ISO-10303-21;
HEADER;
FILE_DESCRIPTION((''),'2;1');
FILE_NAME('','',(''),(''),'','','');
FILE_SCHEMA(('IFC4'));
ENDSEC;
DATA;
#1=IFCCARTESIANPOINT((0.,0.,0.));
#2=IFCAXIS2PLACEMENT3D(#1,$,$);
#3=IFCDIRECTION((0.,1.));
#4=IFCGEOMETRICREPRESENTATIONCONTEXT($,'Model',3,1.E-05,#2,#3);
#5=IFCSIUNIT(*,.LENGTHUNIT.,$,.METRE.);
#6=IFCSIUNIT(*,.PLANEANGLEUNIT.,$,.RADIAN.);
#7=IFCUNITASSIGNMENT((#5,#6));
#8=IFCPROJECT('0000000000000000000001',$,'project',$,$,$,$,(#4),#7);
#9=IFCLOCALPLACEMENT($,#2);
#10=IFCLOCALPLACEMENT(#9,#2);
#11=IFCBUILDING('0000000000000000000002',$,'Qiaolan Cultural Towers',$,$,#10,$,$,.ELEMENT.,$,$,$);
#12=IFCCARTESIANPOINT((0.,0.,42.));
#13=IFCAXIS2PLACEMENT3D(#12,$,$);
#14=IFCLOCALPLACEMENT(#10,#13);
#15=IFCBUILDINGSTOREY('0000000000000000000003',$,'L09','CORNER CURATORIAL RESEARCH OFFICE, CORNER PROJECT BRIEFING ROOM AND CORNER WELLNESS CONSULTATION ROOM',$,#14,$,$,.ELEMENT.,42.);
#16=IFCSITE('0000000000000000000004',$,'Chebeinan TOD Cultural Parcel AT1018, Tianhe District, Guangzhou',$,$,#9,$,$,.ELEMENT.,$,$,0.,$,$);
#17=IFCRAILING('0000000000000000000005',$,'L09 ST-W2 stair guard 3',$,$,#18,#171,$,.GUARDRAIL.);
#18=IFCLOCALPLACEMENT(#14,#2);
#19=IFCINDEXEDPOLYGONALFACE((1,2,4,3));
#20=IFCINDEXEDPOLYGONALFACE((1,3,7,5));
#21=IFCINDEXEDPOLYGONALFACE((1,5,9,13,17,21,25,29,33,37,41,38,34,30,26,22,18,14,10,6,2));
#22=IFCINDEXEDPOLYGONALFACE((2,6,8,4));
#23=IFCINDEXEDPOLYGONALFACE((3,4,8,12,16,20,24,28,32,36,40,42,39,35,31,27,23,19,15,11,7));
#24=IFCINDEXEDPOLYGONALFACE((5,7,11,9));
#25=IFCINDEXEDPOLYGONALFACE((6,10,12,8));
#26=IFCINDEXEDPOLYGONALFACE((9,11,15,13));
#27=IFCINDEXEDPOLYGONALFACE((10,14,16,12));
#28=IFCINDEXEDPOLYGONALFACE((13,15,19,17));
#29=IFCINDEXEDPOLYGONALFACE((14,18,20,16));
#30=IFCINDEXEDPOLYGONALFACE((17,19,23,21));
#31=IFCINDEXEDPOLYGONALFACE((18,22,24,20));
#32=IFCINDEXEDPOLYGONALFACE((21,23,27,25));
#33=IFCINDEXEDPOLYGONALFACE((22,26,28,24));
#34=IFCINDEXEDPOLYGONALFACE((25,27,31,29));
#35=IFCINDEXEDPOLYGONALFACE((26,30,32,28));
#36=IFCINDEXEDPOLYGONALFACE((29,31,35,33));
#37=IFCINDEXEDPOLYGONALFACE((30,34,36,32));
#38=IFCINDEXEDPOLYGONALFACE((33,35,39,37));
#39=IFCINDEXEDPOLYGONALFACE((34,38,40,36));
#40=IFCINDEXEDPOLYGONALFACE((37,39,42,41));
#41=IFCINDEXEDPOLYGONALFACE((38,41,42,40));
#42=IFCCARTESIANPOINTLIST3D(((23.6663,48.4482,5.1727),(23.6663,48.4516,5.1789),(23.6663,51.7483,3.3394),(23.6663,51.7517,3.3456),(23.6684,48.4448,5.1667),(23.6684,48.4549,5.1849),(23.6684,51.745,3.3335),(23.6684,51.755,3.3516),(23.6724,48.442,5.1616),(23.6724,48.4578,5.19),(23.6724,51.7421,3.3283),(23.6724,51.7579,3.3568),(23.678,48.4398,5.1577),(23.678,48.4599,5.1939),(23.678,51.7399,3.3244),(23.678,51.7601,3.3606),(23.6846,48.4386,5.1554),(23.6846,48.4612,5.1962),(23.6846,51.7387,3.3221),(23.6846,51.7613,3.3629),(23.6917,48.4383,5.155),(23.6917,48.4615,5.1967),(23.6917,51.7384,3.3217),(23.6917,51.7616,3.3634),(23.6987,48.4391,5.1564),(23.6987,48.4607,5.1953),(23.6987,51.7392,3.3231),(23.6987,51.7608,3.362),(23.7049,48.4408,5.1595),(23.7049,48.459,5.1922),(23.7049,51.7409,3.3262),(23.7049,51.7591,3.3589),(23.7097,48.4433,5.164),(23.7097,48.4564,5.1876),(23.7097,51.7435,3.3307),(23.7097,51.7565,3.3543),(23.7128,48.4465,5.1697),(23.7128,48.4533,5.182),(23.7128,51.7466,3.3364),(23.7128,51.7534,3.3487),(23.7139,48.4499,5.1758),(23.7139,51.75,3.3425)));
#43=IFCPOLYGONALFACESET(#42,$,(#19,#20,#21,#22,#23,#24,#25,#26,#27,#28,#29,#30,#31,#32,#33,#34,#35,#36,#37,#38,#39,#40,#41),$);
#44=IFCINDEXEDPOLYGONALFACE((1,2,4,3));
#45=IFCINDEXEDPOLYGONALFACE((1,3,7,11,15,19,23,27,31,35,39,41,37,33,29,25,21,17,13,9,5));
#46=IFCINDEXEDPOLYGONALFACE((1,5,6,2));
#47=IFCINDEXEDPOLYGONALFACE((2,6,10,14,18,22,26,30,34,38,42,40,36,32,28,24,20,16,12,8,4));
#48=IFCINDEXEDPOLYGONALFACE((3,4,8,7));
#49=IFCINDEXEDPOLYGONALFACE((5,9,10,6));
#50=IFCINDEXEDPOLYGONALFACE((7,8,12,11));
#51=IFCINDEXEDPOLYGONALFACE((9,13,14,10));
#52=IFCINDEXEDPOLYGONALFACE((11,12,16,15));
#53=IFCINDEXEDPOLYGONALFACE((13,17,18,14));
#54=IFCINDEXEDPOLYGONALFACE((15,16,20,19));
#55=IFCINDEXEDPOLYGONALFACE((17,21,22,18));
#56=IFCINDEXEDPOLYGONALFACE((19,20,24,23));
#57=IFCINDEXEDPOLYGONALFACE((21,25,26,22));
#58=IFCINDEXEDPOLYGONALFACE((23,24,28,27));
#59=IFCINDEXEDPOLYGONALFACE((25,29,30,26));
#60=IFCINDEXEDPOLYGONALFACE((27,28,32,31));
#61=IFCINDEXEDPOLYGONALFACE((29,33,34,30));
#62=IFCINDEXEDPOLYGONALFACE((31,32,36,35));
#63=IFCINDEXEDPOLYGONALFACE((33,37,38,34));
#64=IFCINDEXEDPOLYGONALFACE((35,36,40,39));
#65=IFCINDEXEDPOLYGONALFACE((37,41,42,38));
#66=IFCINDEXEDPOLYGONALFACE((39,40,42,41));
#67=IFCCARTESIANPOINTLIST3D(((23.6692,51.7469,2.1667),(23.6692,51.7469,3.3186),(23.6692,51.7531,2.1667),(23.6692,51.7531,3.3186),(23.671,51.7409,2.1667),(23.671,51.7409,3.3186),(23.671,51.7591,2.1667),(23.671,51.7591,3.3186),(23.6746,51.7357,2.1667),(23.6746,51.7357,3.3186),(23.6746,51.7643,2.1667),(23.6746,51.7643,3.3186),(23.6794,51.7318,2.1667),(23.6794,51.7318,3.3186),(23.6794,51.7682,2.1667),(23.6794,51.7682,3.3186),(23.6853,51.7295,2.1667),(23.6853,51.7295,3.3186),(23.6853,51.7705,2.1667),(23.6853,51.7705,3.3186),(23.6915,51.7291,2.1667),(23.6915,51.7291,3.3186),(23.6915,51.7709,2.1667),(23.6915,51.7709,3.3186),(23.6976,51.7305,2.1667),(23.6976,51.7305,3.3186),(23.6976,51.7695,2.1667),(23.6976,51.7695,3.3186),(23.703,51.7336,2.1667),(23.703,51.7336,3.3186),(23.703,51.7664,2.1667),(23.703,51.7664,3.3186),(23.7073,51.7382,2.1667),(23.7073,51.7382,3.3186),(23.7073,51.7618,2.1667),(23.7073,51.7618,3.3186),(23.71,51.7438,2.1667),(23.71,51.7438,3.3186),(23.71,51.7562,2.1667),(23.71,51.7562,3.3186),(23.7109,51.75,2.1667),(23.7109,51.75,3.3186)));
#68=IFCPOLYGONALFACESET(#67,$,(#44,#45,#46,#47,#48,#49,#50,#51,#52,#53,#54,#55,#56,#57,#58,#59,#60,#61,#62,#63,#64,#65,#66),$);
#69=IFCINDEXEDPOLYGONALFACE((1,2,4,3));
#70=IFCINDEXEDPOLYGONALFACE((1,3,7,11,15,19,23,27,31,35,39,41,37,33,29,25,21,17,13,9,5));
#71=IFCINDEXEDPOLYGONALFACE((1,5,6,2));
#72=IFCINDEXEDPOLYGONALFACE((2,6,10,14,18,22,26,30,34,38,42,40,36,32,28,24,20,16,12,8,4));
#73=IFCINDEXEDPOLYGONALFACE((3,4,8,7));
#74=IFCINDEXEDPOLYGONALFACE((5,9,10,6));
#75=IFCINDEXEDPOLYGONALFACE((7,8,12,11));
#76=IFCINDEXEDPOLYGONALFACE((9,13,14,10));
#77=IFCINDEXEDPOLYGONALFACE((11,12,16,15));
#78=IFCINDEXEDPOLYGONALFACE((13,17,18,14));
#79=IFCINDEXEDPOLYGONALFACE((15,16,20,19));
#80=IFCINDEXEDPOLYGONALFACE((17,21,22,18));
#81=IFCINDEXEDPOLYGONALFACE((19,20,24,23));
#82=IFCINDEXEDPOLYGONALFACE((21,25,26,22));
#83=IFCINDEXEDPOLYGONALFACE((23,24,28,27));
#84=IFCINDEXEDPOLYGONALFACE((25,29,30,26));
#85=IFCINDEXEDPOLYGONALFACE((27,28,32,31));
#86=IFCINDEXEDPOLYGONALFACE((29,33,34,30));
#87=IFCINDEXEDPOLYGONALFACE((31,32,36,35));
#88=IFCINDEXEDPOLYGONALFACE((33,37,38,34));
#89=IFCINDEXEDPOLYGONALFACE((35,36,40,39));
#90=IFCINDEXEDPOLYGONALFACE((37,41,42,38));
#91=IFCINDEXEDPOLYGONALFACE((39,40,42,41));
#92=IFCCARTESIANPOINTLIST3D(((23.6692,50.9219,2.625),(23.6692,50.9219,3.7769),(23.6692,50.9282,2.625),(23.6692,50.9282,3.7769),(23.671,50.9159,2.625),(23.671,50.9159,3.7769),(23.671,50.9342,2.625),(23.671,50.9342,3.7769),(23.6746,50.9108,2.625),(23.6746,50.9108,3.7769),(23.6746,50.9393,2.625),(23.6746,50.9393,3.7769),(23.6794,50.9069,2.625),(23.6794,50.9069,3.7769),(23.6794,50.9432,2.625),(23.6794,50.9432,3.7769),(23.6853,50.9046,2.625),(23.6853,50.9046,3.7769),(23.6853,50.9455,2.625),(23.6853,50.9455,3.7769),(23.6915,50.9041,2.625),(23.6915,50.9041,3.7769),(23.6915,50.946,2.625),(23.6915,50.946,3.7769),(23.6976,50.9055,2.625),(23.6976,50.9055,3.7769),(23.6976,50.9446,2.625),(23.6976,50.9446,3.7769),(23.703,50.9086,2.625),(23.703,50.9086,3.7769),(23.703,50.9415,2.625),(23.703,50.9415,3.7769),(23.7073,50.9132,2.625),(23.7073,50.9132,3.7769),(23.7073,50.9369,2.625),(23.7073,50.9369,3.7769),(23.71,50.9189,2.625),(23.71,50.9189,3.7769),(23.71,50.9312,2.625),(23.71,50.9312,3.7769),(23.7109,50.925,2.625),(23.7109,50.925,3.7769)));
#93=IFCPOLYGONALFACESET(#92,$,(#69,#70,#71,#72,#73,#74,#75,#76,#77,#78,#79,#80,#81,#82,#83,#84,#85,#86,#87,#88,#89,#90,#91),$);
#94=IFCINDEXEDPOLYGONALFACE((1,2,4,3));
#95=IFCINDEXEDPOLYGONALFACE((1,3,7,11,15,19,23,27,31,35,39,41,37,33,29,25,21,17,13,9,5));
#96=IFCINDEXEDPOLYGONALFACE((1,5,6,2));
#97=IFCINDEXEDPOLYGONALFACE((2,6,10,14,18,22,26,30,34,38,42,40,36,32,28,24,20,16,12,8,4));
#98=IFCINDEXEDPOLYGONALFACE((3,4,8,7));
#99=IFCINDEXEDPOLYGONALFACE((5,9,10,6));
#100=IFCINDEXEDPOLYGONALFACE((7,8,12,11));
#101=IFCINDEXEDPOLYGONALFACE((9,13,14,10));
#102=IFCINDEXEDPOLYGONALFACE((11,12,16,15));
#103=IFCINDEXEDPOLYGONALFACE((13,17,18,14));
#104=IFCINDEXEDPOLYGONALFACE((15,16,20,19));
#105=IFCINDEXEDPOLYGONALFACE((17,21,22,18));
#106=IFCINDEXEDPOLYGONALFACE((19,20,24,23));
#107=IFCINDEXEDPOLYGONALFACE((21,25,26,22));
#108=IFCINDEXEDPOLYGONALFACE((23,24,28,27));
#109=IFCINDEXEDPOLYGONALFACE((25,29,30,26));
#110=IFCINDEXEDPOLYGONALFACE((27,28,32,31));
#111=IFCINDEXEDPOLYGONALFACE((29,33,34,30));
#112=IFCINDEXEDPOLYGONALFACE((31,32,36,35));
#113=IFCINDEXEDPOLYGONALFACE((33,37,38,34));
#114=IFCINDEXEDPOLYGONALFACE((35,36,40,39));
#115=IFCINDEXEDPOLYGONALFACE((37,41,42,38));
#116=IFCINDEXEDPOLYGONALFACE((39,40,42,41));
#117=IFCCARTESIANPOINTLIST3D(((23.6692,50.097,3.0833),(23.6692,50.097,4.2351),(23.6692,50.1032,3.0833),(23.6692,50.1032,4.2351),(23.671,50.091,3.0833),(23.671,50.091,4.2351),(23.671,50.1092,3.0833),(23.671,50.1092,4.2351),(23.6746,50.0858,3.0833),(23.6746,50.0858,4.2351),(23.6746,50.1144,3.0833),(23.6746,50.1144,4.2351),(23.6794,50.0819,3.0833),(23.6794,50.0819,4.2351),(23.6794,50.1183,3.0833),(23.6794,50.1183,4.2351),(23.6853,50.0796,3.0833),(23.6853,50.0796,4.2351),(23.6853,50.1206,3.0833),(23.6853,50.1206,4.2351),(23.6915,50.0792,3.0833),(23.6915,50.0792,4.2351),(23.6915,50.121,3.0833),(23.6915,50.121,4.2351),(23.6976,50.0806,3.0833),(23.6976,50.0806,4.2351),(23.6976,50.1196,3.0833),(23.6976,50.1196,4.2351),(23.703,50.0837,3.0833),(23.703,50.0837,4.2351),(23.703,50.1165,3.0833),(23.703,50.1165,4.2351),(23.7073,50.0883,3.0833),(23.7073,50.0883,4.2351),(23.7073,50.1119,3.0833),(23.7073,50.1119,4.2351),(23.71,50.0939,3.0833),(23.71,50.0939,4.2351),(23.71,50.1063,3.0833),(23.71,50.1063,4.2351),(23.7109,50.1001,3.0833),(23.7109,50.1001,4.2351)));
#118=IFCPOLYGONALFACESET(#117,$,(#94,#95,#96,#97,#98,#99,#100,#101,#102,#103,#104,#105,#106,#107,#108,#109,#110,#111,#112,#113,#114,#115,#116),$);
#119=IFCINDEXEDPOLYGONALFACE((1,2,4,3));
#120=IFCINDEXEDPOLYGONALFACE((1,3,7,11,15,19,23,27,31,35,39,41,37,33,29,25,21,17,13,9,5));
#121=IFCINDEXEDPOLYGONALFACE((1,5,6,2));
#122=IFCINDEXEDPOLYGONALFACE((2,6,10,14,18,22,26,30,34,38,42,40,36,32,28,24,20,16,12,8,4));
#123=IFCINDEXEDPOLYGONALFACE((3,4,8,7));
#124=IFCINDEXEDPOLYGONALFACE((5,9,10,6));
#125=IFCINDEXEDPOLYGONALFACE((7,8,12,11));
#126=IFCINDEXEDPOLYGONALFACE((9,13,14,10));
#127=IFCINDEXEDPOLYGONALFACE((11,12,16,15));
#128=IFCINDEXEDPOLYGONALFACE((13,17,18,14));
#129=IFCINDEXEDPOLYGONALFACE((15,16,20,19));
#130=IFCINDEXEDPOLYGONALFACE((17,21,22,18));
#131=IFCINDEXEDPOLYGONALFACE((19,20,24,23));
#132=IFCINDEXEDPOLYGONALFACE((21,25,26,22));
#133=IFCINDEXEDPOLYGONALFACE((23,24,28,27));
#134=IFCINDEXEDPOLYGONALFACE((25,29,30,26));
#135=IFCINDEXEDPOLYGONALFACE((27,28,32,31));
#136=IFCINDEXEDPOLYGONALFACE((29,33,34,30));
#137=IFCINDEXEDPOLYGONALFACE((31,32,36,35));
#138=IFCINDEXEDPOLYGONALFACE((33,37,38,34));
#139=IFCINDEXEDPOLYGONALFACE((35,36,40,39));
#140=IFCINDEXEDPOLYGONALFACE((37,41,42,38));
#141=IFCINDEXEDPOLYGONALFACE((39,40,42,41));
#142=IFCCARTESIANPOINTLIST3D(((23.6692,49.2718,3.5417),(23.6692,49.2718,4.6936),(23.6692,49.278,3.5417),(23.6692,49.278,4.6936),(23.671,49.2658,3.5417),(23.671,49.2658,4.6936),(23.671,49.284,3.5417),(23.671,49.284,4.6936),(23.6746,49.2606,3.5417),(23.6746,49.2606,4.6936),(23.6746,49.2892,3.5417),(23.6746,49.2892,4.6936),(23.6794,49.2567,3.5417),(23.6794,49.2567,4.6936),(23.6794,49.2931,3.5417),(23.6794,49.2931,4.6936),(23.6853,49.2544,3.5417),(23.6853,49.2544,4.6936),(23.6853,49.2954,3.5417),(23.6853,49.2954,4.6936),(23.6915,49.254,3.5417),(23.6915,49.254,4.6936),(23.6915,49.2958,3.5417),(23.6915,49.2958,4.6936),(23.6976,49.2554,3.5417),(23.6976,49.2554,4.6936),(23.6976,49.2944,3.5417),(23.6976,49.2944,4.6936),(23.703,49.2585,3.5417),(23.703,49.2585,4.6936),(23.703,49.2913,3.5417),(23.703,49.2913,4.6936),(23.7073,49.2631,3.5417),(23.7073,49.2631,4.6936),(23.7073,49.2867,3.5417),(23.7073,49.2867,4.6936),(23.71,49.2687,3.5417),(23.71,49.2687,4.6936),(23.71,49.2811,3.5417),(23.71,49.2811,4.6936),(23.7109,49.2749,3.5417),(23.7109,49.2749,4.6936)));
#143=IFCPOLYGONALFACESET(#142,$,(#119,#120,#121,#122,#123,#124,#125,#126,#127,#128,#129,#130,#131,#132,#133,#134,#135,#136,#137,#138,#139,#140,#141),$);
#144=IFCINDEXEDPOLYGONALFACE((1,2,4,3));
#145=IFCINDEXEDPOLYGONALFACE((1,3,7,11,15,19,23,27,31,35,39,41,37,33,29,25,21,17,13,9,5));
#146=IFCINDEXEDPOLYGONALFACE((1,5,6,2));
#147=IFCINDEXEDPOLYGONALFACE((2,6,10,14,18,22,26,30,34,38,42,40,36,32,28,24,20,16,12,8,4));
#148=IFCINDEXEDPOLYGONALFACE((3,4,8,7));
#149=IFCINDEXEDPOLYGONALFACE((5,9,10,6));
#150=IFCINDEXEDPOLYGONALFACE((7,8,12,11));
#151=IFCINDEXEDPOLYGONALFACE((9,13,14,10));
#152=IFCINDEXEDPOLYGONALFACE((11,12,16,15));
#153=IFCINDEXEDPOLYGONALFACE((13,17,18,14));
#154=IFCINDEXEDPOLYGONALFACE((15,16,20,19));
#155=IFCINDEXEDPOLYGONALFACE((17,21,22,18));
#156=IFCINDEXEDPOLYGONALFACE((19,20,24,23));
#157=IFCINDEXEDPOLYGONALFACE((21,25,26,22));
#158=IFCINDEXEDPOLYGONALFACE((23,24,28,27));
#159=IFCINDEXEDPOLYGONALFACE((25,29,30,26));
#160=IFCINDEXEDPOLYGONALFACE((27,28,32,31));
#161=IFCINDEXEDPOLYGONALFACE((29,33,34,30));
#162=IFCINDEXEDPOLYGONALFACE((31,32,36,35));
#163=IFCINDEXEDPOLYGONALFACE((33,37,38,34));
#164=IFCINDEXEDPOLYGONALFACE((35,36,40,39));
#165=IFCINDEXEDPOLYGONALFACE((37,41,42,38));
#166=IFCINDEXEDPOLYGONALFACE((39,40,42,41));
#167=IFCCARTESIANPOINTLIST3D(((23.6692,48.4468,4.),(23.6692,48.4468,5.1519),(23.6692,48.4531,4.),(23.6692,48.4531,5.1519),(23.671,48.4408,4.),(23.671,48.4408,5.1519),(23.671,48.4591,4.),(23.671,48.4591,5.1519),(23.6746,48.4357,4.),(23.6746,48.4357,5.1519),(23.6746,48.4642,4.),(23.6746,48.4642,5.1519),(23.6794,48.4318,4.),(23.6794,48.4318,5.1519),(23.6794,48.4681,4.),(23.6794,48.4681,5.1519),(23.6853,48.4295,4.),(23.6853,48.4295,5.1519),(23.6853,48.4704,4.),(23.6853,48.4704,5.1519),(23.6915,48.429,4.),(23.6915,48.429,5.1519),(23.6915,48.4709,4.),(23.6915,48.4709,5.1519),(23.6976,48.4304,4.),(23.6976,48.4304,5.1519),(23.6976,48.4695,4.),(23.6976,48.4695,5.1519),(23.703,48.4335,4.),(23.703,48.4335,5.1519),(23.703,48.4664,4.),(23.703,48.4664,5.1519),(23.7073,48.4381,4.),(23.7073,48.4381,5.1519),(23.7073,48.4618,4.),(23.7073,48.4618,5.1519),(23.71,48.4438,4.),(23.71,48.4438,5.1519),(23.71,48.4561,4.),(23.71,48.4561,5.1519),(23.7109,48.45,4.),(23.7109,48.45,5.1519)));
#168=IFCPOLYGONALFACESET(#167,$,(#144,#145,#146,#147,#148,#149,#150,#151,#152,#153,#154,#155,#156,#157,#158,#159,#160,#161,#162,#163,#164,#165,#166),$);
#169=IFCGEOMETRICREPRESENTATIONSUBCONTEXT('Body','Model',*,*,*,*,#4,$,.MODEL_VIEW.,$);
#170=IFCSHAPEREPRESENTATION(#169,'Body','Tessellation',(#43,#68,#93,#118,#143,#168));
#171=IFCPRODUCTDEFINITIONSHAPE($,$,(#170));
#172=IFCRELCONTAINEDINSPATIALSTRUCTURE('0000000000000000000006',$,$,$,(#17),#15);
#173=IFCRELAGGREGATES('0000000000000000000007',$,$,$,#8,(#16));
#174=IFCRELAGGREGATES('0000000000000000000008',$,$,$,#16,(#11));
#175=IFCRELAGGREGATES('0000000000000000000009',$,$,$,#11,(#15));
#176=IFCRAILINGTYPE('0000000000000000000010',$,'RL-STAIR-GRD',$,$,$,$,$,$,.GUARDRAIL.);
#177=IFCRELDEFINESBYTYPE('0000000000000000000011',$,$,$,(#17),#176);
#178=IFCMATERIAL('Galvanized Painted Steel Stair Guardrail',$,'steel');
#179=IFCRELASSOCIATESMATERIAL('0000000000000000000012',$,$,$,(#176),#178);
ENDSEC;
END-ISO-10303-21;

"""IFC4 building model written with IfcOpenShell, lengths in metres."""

from ifc_helpers import new_model, si_unit, direction, frame, origin, origin_2d, place, context, subcontext, project, spatial, circle, extrude, material, type_object, element, save


model = new_model("IFC4")

# Units and contexts
model_context = context("Model", 3, precision=1e-05, world=origin(), true_north=direction((0.0, 1.0)))
body_context = subcontext(model_context, "Body", "Model", "MODEL_VIEW")
ifc_project = project(units=[si_unit("LENGTHUNIT", "METRE"), si_unit("PLANEANGLEUNIT", "RADIAN")], contexts=[model_context])

# Site, building, storey
site_placement = place(None, origin())
site = spatial("IfcSite", under=ifc_project, at=site_placement, Name="Chebeinan TOD Cultural Parcel AT1018, Tianhe District, Guangzhou", CompositionType="ELEMENT", RefElevation=0.0)
building_placement = place(site_placement, origin())
building = spatial("IfcBuilding", under=site, at=building_placement, Name="Qiaolan Cultural Towers", CompositionType="ELEMENT")
storey_placement = place(building_placement, frame((0.0, 0.0, 42.0)))
storey = spatial("IfcBuildingStorey", under=building, at=storey_placement, Name="L09", Description="CORNER CURATORIAL RESEARCH OFFICE, CORNER PROJECT BRIEFING ROOM AND CORNER WELLNESS CONSULTATION ROOM", CompositionType="ELEMENT", Elevation=42.0)

# Railing
ifc_material_1 = material(Name="Galvanized Painted Steel Stair Guardrail", Category="steel")
railing_type_1 = type_object("IfcRailingType", Name="RL-STAIR-GRD", PredefinedType="GUARDRAIL", material=ifc_material_1)
railing_1_placement = place(storey_placement, frame((23.6899, 51.75, 2.1667)))
element("IfcRailing", 1, at=railing_1_placement, inside=storey, type_object=railing_type_1, Name="L09 ST-W2 stair guard 3", PredefinedType="GUARDRAIL", context=body_context, shape_type="SweptSolid", body=[
    extrude(circle(Radius=0.0239, at=origin_2d()), frame((0.0, 0.0, 1.1758), z_axis=(0.0, -0.874169, 0.485621), x_axis=(1.0, 0.0, 0.0)), (0.0, 0.0, 1.0), 3.7751),
    extrude(circle(Radius=0.021, at=origin_2d()), origin(), (0.0, 0.0, 1.0), 1.1519),
    extrude(circle(Radius=0.021, at=origin_2d()), frame((0.0, -0.825, 0.4583)), (0.0, 0.0, 1.0), 1.1519),
    extrude(circle(Radius=0.021, at=origin_2d()), frame((0.0, -1.6499, 0.9165)), (0.0, 0.0, 1.0), 1.1519),
    extrude(circle(Radius=0.021, at=origin_2d()), frame((0.0, -2.4751, 1.375)), (0.0, 0.0, 1.0), 1.1519),
    extrude(circle(Radius=0.021, at=origin_2d()), frame((0.0, -3.3, 1.8333)), (0.0, 0.0, 1.0), 1.1519),
])

save(model, "model.ifc")
